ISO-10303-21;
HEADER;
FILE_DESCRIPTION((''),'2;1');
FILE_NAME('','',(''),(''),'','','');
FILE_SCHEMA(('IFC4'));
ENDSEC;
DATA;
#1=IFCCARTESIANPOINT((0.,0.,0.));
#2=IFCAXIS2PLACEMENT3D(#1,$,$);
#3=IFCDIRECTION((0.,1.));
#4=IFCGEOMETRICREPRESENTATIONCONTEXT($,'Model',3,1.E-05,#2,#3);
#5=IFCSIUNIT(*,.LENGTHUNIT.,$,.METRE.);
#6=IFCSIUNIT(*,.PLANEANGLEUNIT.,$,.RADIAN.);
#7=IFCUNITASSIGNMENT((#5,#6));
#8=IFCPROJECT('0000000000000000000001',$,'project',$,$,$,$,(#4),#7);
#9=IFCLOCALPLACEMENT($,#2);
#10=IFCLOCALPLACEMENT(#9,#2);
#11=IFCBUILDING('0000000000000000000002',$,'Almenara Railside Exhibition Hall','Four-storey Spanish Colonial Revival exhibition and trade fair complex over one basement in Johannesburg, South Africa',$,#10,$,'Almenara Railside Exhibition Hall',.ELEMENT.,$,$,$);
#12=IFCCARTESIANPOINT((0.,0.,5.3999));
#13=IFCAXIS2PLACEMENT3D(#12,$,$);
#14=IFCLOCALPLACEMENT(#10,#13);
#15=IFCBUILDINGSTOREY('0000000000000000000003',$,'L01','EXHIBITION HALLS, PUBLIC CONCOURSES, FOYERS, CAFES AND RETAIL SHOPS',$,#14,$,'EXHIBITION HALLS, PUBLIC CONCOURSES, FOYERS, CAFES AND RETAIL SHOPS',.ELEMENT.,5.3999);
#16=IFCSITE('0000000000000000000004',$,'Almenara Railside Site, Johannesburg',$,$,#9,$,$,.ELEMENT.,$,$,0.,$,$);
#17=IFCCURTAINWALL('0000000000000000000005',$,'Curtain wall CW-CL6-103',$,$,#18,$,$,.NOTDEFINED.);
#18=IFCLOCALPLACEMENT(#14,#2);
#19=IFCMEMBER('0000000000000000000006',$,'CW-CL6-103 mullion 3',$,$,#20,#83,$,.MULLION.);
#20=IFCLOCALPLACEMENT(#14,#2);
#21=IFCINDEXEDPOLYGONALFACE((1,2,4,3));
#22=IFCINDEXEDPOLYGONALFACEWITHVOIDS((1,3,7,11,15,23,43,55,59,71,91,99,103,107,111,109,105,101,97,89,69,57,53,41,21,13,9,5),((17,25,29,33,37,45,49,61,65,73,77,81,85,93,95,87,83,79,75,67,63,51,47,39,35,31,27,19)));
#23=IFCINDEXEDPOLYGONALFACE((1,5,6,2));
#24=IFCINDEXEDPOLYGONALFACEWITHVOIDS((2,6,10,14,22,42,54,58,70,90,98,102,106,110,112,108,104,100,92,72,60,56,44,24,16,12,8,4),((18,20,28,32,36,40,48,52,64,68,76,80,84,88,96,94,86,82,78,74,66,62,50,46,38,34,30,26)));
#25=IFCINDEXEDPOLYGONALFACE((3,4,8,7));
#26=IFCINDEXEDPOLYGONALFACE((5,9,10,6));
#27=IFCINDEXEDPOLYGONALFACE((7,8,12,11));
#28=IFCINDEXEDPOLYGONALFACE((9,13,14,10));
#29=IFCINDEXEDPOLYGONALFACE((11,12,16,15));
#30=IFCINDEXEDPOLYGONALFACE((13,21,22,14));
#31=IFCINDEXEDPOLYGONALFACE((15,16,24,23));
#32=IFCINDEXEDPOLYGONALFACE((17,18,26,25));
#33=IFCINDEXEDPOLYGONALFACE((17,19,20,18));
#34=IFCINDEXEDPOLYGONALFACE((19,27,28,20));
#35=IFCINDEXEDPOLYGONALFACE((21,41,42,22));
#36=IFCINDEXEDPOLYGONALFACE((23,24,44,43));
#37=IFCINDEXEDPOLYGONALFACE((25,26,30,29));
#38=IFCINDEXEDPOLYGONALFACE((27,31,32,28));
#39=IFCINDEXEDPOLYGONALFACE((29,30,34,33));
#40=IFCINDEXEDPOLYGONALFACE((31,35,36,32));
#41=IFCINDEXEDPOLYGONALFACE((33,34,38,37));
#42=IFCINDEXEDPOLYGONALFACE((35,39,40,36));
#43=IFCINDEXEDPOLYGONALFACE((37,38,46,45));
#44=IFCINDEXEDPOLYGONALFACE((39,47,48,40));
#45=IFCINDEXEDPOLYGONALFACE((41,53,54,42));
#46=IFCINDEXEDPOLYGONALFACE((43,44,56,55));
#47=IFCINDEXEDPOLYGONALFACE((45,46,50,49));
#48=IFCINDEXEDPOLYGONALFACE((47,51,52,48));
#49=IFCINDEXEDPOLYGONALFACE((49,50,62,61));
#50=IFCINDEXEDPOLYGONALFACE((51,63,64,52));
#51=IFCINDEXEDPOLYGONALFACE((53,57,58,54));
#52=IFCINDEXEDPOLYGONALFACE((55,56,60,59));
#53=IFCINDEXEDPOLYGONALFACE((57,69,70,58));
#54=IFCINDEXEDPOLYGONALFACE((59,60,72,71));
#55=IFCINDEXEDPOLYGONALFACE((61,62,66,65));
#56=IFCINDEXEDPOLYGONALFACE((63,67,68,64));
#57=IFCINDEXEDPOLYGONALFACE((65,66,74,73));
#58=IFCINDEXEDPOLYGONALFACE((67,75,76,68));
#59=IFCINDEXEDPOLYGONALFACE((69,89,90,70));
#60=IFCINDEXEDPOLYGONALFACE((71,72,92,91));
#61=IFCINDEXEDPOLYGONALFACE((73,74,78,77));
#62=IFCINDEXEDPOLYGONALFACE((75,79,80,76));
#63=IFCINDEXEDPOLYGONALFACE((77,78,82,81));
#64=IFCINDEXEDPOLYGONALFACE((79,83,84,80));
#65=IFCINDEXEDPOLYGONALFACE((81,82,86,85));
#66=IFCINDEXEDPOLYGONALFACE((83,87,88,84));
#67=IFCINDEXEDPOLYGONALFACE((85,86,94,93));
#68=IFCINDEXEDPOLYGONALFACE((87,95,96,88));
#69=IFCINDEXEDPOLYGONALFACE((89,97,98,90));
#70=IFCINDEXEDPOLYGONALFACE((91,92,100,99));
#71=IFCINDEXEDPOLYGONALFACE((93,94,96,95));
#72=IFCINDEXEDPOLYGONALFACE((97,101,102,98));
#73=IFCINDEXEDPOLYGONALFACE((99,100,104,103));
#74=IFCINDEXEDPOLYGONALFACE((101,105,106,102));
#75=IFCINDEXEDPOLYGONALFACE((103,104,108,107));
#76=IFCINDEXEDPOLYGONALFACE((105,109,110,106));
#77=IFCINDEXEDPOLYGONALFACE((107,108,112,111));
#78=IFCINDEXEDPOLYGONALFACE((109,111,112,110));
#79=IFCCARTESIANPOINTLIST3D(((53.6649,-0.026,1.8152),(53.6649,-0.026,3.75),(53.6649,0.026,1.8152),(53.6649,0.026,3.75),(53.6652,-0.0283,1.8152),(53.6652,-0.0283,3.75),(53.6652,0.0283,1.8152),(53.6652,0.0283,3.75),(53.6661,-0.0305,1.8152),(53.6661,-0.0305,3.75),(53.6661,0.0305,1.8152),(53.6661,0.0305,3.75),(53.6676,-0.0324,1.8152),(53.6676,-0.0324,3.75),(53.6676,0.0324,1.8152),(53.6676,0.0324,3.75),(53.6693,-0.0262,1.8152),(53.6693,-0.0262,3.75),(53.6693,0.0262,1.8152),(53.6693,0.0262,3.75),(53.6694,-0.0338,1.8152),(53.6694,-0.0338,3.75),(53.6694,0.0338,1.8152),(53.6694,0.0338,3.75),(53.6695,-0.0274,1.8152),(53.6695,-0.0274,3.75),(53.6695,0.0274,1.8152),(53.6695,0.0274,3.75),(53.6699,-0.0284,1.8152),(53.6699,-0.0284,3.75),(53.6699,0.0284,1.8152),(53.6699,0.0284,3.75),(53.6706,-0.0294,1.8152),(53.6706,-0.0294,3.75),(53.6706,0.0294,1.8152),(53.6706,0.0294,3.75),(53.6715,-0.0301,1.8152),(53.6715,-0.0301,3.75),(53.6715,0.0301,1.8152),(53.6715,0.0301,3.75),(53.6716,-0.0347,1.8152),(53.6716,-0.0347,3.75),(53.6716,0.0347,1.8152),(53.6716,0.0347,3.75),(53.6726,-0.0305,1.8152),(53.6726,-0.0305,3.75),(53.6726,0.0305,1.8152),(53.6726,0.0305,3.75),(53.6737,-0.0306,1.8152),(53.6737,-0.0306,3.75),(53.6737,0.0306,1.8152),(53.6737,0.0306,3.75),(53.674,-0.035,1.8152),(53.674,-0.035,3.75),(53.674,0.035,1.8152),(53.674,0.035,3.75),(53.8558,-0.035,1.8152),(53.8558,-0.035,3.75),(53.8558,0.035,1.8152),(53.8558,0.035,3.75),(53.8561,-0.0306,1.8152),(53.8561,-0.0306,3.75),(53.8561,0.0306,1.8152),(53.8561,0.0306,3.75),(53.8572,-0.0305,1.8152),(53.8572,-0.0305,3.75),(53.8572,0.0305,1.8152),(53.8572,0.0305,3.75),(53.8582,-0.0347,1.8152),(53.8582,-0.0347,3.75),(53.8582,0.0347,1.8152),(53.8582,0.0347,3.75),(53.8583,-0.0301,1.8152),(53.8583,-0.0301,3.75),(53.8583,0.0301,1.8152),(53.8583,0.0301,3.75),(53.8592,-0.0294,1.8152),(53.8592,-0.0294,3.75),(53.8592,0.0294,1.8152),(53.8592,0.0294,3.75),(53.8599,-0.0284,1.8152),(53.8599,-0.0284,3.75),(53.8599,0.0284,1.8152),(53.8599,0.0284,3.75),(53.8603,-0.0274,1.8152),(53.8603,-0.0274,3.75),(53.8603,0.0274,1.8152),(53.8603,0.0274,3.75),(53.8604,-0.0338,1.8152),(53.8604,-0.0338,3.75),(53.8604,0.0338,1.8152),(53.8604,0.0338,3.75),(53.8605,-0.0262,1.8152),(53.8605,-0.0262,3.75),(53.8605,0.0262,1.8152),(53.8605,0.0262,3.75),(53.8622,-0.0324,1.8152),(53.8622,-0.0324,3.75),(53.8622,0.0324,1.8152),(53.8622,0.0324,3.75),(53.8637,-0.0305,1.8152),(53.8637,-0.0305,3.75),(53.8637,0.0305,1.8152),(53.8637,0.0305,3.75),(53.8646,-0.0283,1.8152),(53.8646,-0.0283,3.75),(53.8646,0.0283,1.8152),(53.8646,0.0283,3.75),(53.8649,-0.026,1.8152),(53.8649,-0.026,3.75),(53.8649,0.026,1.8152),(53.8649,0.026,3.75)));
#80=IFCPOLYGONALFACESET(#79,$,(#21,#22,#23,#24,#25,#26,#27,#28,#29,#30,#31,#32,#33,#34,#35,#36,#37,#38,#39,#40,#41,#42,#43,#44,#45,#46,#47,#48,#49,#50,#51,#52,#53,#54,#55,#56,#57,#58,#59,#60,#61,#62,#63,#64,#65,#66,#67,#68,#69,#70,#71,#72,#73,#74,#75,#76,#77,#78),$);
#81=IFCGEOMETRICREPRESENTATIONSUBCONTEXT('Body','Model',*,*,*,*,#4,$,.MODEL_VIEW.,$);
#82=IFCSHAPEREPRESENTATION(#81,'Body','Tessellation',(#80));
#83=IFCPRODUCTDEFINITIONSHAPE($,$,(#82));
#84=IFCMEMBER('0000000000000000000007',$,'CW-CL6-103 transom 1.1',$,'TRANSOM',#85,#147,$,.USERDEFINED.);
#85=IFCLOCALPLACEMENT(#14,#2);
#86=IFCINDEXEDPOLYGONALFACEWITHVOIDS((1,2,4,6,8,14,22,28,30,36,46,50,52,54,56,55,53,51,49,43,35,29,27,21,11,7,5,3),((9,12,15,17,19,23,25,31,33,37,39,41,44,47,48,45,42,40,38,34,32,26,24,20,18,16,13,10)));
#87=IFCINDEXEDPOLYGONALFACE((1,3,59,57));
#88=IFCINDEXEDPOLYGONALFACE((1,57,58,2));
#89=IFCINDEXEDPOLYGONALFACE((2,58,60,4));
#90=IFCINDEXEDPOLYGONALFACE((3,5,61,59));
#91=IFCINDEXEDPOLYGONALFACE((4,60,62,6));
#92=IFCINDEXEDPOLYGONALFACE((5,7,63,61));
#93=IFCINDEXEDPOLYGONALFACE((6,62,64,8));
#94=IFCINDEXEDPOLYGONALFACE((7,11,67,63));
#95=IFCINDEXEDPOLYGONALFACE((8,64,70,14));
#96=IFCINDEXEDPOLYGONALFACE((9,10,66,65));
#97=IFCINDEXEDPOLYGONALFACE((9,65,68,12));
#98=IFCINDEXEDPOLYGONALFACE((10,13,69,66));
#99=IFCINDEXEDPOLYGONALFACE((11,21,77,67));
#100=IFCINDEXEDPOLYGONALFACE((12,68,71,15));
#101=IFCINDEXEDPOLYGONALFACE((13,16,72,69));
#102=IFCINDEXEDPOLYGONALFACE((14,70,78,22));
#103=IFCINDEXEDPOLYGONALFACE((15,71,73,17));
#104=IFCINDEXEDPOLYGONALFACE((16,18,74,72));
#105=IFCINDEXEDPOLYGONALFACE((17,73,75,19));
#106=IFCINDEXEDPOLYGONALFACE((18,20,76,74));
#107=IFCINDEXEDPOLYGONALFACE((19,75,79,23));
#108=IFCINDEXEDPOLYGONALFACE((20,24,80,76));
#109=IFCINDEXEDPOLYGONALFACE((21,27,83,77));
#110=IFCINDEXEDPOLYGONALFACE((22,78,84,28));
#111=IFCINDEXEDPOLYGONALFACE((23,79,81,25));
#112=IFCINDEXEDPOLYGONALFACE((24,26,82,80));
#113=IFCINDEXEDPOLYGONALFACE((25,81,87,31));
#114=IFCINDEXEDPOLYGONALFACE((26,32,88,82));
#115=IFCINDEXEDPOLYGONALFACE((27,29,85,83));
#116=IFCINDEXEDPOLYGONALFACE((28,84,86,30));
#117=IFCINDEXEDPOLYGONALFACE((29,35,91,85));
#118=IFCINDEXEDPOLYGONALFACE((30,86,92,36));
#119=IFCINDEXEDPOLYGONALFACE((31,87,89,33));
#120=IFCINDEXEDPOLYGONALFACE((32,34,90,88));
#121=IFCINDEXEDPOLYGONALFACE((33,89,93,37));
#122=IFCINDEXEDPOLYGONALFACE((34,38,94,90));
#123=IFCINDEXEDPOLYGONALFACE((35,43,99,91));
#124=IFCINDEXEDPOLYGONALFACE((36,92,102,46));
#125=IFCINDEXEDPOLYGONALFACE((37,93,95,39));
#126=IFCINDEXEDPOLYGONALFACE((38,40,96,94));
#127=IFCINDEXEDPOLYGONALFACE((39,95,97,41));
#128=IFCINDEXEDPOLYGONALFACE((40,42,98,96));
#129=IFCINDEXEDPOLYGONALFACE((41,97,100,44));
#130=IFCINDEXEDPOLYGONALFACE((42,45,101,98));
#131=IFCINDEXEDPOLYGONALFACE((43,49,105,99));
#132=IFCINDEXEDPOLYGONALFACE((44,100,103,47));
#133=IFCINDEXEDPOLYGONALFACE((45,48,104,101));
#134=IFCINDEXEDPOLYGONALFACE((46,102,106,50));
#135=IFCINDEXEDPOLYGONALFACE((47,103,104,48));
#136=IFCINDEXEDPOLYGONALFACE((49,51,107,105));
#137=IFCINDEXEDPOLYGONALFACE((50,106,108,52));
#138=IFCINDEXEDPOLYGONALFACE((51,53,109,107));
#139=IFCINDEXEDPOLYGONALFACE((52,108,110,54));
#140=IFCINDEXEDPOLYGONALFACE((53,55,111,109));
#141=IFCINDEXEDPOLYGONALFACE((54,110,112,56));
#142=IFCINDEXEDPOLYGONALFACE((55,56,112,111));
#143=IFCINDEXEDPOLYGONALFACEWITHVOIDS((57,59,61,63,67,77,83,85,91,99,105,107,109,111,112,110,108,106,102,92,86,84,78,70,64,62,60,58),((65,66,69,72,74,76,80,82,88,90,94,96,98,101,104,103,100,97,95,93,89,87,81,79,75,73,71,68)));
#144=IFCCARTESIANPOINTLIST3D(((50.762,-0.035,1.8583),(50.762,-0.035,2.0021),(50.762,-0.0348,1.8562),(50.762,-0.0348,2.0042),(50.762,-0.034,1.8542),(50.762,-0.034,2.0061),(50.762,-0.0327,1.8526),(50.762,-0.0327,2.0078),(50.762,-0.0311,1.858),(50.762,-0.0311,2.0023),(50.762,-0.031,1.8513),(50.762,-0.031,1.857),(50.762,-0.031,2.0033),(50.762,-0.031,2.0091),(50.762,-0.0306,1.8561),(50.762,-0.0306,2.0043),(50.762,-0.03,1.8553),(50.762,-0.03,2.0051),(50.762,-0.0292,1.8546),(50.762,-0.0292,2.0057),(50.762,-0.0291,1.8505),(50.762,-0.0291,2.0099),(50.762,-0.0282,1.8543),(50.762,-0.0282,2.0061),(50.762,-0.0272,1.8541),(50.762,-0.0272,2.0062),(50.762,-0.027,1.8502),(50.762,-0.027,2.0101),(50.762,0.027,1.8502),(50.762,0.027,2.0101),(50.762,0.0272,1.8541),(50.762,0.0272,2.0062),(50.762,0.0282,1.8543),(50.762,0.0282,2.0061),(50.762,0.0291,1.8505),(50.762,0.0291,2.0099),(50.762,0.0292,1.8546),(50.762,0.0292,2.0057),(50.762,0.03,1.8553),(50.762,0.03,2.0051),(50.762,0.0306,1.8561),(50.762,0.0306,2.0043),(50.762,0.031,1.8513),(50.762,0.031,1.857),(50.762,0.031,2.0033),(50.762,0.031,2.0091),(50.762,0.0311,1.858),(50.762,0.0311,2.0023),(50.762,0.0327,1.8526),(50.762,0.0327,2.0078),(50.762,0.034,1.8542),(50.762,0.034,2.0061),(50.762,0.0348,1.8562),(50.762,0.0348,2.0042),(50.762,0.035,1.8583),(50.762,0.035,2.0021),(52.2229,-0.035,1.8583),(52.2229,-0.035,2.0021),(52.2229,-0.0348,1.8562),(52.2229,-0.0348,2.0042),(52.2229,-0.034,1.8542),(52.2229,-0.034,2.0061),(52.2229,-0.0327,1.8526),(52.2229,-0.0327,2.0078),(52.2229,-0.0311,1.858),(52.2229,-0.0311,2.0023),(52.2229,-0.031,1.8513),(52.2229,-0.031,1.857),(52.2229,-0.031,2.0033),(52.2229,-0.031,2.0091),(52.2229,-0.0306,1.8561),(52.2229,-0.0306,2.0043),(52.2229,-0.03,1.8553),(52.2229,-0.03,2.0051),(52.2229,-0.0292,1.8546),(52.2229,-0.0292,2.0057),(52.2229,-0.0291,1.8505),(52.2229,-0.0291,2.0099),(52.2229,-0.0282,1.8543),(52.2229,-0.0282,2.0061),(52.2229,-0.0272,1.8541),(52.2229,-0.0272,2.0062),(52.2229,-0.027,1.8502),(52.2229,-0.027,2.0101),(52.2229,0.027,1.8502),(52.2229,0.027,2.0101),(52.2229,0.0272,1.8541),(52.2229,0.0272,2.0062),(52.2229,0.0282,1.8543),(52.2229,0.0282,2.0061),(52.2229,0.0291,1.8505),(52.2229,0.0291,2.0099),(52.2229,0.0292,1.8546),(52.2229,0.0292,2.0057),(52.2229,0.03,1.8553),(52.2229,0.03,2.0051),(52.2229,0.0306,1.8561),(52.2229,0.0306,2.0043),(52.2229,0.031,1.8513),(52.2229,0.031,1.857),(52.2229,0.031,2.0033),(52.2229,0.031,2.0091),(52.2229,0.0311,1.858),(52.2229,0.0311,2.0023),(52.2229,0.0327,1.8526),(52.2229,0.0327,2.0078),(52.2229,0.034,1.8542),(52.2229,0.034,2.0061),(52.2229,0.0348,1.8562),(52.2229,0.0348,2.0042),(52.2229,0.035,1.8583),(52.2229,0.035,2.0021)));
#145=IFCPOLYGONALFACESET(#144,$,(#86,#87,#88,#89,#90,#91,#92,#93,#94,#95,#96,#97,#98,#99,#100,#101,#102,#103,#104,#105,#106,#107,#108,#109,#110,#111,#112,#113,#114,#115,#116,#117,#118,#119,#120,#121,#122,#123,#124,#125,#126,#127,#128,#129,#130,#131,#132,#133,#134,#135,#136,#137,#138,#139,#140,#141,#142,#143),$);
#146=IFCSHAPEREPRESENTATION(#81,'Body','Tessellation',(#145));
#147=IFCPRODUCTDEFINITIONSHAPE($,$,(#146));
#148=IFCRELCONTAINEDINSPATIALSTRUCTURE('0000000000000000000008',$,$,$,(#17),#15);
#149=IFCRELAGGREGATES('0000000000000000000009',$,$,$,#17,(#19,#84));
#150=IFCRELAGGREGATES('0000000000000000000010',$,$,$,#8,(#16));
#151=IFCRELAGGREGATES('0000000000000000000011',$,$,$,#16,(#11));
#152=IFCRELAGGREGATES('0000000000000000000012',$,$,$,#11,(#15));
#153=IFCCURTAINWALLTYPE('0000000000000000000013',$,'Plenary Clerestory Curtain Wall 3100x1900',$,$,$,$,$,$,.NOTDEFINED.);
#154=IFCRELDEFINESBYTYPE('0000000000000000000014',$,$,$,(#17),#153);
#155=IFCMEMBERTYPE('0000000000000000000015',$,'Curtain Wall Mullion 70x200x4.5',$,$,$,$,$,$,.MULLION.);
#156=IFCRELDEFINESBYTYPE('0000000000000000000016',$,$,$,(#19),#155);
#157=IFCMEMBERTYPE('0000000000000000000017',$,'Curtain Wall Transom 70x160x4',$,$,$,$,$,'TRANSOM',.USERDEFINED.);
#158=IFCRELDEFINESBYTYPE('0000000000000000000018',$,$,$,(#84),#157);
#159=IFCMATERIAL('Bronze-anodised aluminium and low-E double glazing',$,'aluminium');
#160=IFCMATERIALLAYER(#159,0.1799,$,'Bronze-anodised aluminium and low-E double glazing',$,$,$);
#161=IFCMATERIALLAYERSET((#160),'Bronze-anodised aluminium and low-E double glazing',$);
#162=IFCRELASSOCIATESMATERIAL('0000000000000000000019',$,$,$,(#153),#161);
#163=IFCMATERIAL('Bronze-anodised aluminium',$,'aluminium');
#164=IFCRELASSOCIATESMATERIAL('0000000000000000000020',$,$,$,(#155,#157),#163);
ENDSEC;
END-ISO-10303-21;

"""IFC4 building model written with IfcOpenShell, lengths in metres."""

from ifc_helpers import new_model, si_unit, direction, frame, origin, origin_2d, place, context, subcontext, project, spatial, hollow_rectangle, extrude, material, layer, layer_set, material_profile, profile_set, type_object, element, aggregate, save


model = new_model("IFC4")

# Units and contexts
model_context = context("Model", 3, precision=1e-05, world=origin(), true_north=direction((0.0, 1.0)))
body_context = subcontext(model_context, "Body", "Model", "MODEL_VIEW")
ifc_project = project(units=[si_unit("LENGTHUNIT", "METRE"), si_unit("PLANEANGLEUNIT", "RADIAN")], contexts=[model_context])

# Site, building, storey
site_placement = place(None, origin())
site = spatial("IfcSite", under=ifc_project, at=site_placement, Name="Almenara Railside Site, Johannesburg", CompositionType="ELEMENT", RefElevation=0.0)
building_placement = place(site_placement, origin())
building = spatial("IfcBuilding", under=site, at=building_placement, Name="Almenara Railside Exhibition Hall", Description="Four-storey Spanish Colonial Revival exhibition and trade fair complex over one basement in Johannesburg, South Africa", LongName="Almenara Railside Exhibition Hall", CompositionType="ELEMENT")
storey_placement = place(building_placement, frame((0.0, 0.0, 5.3999)))
storey = spatial("IfcBuildingStorey", under=building, at=storey_placement, Name="L01", Description="EXHIBITION HALLS, PUBLIC CONCOURSES, FOYERS, CAFES AND RETAIL SHOPS", LongName="EXHIBITION HALLS, PUBLIC CONCOURSES, FOYERS, CAFES AND RETAIL SHOPS", CompositionType="ELEMENT", Elevation=5.3999)

# Curtain wall, members
ifc_material_1 = material(Name="Bronze-anodised aluminium and low-E double glazing", Category="aluminium")
ifc_layer_1 = layer(ifc_material_1, 0.1799, Name="Bronze-anodised aluminium and low-E double glazing")
ifc_layer_set_1 = layer_set([ifc_layer_1], Name="Bronze-anodised aluminium and low-E double glazing")
curtain_wall_type = type_object("IfcCurtainWallType", Name="Plenary Clerestory Curtain Wall 3100x1900", PredefinedType="NOTDEFINED", material=ifc_layer_set_1)
curtain_wall_placement = place(storey_placement, origin())
curtain_wall = element("IfcCurtainWall", 1, at=curtain_wall_placement, inside=storey, type_object=curtain_wall_type, Name="Curtain wall CW-CL6-103", PredefinedType="NOTDEFINED")
ifc_material_2 = material(Name="Bronze-anodised aluminium", Category="aluminium")
ifc_material_profile_1 = material_profile(ifc_material_2, hollow_rectangle(XDim=0.0701, YDim=0.2, WallThickness=0.0044, InnerFilletRadius=0.0044, OuterFilletRadius=0.009, at=origin_2d()), Name="ALU-MUL 70x200x4.5")
ifc_profile_set_1 = profile_set([ifc_material_profile_1], Name="Bronze-anodised aluminium")
member_type_1 = type_object("IfcMemberType", Name="Curtain Wall Mullion 70x200x4.5", PredefinedType="MULLION", material=ifc_profile_set_1)
member_1_placement = place(storey_placement, frame((53.7649, 0.0, 1.8152), z_axis=(0.0, 0.0, 1.0), x_axis=(0.0, 1.0, 0.0)))
member_1 = element("IfcMember", 2, at=member_1_placement, type_object=member_type_1, Name="CW-CL6-103 mullion 3", PredefinedType="MULLION", context=body_context, shape_type="SweptSolid", body=[
    extrude(hollow_rectangle(XDim=0.0701, YDim=0.2, WallThickness=0.0044, InnerFilletRadius=0.0044, OuterFilletRadius=0.009, at=origin_2d()), origin(), (0.0, 0.0, 1.0), 1.9348),
])
ifc_material_profile_2 = material_profile(ifc_material_2, hollow_rectangle(XDim=0.0701, YDim=0.1599, WallThickness=0.0039, InnerFilletRadius=0.0039, OuterFilletRadius=0.0081, at=origin_2d()), Name="ALU-TRN 70x160x4")
ifc_profile_set_2 = profile_set([ifc_material_profile_2], Name="Bronze-anodised aluminium")
member_type_2 = type_object("IfcMemberType", Name="Curtain Wall Transom 70x160x4", ElementType="TRANSOM", PredefinedType="USERDEFINED", material=ifc_profile_set_2)
member_2_placement = place(storey_placement, frame((50.762, 0.0, 1.9302), z_axis=(1.0, 0.0, 0.0), x_axis=(0.0, 1.0, 0.0)))
member_2 = element("IfcMember", 3, at=member_2_placement, type_object=member_type_2, Name="CW-CL6-103 transom 1.1", ObjectType="TRANSOM", PredefinedType="USERDEFINED", context=body_context, shape_type="SweptSolid", body=[
    extrude(hollow_rectangle(XDim=0.0701, YDim=0.1599, WallThickness=0.0039, InnerFilletRadius=0.0039, OuterFilletRadius=0.0081, at=origin_2d()), origin(), (0.0, 0.0, 1.0), 1.4609),
])

aggregate(curtain_wall, [member_1, member_2])

save(model, "model.ifc")
